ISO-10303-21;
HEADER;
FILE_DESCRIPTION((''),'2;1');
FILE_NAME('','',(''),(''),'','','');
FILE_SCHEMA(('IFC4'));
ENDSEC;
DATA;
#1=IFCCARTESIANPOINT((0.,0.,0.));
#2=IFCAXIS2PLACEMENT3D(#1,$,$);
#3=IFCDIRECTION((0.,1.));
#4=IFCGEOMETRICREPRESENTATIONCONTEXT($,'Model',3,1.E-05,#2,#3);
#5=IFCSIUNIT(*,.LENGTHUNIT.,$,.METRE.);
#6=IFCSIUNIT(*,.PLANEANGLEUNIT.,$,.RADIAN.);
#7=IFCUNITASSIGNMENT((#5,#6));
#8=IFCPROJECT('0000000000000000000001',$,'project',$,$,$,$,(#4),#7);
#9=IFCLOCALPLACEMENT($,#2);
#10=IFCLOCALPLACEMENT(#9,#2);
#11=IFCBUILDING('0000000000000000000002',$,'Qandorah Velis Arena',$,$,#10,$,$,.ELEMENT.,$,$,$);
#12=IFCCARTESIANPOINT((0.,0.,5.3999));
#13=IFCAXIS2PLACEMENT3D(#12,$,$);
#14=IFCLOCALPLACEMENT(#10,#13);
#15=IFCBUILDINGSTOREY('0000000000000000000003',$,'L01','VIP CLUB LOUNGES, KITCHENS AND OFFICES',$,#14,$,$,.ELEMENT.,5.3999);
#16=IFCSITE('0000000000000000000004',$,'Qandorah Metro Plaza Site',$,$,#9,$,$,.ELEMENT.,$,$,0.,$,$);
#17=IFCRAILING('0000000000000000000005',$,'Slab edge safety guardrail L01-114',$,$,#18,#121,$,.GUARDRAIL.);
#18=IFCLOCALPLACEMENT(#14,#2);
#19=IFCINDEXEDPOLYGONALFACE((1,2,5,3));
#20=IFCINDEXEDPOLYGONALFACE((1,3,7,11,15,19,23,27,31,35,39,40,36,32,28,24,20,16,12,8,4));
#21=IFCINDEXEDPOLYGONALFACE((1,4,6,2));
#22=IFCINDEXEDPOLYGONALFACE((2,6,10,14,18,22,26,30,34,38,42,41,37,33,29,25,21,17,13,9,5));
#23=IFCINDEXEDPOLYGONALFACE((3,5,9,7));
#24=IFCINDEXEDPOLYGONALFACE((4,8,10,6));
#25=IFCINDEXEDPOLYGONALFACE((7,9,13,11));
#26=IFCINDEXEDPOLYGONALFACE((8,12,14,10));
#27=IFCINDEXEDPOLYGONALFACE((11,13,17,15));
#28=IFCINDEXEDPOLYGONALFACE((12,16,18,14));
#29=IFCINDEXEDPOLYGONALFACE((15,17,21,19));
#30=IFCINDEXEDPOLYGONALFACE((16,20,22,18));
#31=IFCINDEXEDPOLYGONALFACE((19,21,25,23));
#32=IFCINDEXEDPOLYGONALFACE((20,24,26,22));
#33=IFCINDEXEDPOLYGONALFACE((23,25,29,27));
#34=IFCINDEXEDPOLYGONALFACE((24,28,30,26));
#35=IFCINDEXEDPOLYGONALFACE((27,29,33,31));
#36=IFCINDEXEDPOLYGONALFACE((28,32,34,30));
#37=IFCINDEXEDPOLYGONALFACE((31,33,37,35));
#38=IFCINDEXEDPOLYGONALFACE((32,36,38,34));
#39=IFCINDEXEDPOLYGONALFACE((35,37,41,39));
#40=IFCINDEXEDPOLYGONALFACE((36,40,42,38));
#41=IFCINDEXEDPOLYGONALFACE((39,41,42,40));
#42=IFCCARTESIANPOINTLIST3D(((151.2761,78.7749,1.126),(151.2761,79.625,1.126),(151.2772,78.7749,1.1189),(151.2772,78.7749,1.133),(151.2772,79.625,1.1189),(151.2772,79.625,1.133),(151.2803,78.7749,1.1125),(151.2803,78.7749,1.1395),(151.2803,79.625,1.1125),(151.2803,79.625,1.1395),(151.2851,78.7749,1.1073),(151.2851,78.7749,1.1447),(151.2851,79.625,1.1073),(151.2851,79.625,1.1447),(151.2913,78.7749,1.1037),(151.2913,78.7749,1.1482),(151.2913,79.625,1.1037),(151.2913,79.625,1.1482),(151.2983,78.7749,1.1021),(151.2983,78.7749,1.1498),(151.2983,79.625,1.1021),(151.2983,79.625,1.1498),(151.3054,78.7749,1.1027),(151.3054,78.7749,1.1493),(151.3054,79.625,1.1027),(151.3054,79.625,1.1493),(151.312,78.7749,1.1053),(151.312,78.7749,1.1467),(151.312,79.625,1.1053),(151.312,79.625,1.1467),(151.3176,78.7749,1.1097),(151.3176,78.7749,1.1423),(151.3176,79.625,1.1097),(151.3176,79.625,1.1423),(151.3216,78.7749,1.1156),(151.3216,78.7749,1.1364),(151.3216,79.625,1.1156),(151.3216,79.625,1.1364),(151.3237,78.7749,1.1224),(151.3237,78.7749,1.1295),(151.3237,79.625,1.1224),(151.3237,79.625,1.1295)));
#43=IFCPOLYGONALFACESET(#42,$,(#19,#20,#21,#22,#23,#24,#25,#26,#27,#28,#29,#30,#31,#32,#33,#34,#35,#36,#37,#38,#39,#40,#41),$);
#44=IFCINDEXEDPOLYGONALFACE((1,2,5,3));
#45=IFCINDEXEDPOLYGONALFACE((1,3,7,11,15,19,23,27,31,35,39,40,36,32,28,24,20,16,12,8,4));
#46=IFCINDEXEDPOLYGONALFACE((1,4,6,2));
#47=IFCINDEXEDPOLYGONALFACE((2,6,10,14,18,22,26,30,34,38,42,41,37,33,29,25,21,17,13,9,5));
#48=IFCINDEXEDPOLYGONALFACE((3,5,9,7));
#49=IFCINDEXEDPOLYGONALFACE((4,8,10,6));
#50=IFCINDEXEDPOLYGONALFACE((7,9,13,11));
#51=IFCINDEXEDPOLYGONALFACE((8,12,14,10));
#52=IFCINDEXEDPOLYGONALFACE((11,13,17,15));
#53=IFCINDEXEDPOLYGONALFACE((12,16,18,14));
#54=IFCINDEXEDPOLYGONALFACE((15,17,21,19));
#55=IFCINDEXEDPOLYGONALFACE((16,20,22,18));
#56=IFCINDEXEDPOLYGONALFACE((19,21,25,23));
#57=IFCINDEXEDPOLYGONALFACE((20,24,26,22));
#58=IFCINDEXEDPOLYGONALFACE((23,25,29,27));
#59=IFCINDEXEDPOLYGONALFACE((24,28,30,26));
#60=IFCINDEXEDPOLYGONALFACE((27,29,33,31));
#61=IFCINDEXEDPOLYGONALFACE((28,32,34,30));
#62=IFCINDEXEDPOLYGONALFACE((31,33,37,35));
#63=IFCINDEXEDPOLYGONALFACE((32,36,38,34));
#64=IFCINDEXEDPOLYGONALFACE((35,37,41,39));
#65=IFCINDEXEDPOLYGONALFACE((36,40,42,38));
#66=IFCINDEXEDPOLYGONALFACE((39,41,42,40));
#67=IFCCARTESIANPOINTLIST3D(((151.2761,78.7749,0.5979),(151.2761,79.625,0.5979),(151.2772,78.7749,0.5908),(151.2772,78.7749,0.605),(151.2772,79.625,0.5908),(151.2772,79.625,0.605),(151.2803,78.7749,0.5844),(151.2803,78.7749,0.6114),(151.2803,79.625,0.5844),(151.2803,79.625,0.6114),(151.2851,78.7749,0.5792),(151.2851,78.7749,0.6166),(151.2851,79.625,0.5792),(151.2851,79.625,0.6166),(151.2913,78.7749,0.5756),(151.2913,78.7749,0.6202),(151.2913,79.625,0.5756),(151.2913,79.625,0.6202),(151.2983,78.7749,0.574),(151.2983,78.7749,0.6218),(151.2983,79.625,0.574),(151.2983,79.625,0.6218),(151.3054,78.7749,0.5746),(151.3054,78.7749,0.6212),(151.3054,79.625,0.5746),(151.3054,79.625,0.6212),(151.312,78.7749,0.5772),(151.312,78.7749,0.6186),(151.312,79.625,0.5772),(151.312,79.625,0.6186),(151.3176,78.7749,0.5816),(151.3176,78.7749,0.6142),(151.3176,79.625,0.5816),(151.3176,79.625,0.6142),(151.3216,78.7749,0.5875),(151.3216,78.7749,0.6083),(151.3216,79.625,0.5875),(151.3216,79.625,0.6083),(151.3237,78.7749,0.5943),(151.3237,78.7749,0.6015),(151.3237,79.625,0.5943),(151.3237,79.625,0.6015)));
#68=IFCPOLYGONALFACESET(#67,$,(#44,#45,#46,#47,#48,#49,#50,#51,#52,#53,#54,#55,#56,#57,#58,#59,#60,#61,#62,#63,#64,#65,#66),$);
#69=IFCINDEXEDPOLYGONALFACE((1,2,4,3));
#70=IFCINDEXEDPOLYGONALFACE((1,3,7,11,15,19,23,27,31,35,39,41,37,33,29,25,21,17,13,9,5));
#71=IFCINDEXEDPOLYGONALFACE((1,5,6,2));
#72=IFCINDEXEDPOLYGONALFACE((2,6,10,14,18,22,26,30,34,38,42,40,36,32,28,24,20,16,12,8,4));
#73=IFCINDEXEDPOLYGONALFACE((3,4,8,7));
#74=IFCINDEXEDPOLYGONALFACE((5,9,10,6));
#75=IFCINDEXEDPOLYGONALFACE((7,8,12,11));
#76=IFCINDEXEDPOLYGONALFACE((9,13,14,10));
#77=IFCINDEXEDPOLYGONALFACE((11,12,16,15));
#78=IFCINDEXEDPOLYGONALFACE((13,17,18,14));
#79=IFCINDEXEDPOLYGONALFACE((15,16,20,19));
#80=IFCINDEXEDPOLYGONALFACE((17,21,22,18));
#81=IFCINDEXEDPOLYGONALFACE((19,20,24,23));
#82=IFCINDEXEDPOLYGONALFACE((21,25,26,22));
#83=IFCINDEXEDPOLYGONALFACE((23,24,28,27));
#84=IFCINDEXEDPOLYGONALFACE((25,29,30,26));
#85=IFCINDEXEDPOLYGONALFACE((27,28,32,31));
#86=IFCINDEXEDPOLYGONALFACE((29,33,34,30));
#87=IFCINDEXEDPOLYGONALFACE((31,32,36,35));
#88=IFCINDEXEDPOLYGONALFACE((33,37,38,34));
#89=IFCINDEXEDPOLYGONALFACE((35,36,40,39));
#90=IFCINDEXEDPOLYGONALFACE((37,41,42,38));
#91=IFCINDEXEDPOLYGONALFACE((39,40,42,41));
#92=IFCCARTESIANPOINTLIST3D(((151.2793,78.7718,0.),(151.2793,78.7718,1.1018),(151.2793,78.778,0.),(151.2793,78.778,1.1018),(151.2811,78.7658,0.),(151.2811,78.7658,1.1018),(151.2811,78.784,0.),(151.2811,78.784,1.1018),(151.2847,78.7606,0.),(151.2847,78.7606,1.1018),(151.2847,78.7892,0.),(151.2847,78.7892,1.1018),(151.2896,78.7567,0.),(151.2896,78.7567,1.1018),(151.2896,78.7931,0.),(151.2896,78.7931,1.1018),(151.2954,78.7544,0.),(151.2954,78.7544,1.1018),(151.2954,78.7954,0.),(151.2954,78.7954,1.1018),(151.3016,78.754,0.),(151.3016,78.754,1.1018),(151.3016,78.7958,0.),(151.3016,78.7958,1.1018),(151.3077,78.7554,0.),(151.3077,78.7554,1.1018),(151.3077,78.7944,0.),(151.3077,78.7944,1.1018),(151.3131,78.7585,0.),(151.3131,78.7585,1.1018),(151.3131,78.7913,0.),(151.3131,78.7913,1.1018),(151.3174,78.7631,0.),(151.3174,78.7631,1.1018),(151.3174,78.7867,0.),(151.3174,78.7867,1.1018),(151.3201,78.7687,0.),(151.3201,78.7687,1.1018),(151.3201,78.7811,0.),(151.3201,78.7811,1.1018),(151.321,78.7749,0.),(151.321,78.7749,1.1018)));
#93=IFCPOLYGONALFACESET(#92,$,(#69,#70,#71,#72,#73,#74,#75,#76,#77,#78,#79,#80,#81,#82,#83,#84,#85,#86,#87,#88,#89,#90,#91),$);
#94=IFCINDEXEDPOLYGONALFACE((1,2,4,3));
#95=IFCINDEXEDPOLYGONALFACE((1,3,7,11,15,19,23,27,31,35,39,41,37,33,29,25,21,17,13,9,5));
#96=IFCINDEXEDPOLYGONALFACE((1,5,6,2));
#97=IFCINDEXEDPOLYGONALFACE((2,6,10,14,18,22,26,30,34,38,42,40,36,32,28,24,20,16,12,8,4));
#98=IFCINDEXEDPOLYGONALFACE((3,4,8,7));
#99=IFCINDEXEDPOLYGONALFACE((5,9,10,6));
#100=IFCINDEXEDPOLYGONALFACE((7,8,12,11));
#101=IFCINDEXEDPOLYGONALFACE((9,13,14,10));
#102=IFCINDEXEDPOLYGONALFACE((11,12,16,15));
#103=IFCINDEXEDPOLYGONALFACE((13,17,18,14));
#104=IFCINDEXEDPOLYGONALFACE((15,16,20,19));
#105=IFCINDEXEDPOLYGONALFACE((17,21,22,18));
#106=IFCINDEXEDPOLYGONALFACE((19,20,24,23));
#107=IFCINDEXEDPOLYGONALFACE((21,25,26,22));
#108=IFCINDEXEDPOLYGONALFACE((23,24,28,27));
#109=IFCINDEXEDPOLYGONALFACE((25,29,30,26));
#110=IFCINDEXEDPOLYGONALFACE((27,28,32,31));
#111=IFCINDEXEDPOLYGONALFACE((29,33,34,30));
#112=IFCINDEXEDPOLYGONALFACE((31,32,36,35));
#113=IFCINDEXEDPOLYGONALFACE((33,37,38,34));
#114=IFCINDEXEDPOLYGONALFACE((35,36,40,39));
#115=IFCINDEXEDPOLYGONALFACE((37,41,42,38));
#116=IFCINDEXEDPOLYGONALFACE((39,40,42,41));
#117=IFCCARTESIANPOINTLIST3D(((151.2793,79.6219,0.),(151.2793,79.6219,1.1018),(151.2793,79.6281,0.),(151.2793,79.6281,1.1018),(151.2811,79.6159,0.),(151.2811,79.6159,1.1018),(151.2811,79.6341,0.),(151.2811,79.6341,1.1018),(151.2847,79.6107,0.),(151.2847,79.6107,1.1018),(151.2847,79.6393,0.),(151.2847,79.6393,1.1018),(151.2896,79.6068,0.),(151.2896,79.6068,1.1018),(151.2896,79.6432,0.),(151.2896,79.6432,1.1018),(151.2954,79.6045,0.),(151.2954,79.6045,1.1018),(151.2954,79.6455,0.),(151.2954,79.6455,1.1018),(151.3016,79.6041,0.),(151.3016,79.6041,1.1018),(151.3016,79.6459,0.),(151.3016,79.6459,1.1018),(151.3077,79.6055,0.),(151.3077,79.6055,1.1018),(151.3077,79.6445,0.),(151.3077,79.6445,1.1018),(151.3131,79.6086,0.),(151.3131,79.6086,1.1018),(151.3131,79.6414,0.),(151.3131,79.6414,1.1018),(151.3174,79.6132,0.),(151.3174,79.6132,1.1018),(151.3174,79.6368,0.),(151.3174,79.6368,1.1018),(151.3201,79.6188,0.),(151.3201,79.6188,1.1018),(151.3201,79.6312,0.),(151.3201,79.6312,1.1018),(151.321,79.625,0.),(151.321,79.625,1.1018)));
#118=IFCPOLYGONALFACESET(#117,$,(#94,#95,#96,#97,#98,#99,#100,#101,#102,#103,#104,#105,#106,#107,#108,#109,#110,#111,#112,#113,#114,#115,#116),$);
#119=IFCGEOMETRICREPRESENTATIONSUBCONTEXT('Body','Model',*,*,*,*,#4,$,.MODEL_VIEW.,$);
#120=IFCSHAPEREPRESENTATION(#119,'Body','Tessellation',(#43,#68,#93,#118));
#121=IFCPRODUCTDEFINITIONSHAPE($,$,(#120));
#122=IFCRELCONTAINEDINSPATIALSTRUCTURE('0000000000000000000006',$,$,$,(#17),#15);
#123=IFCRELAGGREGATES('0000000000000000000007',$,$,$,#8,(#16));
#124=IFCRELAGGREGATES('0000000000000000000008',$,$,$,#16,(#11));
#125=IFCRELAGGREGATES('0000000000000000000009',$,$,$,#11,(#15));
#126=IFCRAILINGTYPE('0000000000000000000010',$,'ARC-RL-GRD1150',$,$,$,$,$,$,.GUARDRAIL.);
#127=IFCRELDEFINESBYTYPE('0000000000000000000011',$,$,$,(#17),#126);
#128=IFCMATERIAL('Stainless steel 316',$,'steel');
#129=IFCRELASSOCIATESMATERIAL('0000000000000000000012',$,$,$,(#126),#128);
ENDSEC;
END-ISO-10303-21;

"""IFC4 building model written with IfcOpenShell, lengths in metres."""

from ifc_helpers import new_model, si_unit, direction, frame, origin, origin_2d, place, context, subcontext, project, spatial, circle, extrude, material, type_object, element, save


model = new_model("IFC4")

# Units and contexts
model_context = context("Model", 3, precision=1e-05, world=origin(), true_north=direction((0.0, 1.0)))
body_context = subcontext(model_context, "Body", "Model", "MODEL_VIEW")
ifc_project = project(units=[si_unit("LENGTHUNIT", "METRE"), si_unit("PLANEANGLEUNIT", "RADIAN")], contexts=[model_context])

# Site, building, storey
site_placement = place(None, origin())
site = spatial("IfcSite", under=ifc_project, at=site_placement, Name="Qandorah Metro Plaza Site", CompositionType="ELEMENT", RefElevation=0.0)
building_placement = place(site_placement, origin())
building = spatial("IfcBuilding", under=site, at=building_placement, Name="Qandorah Velis Arena", CompositionType="ELEMENT")
storey_placement = place(building_placement, frame((0.0, 0.0, 5.3999)))
storey = spatial("IfcBuildingStorey", under=building, at=storey_placement, Name="L01", Description="VIP CLUB LOUNGES, KITCHENS AND OFFICES", CompositionType="ELEMENT", Elevation=5.3999)

# Railing
ifc_material_1 = material(Name="Stainless steel 316", Category="steel")
railing_type_1 = type_object("IfcRailingType", Name="ARC-RL-GRD1150", PredefinedType="GUARDRAIL", material=ifc_material_1)
for number, where, name in (
    (1, (151.3, 78.7749, 0.0), "Slab edge safety guardrail L01-114"),
):
    element("IfcRailing", number, at=place(storey_placement, frame(where)), inside=storey, type_object=railing_type_1, Name=name, PredefinedType="GUARDRAIL", context=body_context, shape_type="SweptSolid", body=[
        extrude(circle(Radius=0.0239, at=origin_2d()), frame((0.0, 0.0, 1.126), z_axis=(0.0, 1.0, 0.0), x_axis=(-1.0, 0.0, 0.0)), (0.0, 0.0, 1.0), 0.8501),
        extrude(circle(Radius=0.0239, at=origin_2d()), frame((0.0, 0.0, 0.5979), z_axis=(0.0, 1.0, 0.0), x_axis=(-1.0, 0.0, 0.0)), (0.0, 0.0, 1.0), 0.8501),
        extrude(circle(Radius=0.021, at=origin_2d()), origin(), (0.0, 0.0, 1.0), 1.1018),
        extrude(circle(Radius=0.021, at=origin_2d()), frame((0.0, 0.8501, 0.0)), (0.0, 0.0, 1.0), 1.1018),
    ])

save(model, "model.ifc")
